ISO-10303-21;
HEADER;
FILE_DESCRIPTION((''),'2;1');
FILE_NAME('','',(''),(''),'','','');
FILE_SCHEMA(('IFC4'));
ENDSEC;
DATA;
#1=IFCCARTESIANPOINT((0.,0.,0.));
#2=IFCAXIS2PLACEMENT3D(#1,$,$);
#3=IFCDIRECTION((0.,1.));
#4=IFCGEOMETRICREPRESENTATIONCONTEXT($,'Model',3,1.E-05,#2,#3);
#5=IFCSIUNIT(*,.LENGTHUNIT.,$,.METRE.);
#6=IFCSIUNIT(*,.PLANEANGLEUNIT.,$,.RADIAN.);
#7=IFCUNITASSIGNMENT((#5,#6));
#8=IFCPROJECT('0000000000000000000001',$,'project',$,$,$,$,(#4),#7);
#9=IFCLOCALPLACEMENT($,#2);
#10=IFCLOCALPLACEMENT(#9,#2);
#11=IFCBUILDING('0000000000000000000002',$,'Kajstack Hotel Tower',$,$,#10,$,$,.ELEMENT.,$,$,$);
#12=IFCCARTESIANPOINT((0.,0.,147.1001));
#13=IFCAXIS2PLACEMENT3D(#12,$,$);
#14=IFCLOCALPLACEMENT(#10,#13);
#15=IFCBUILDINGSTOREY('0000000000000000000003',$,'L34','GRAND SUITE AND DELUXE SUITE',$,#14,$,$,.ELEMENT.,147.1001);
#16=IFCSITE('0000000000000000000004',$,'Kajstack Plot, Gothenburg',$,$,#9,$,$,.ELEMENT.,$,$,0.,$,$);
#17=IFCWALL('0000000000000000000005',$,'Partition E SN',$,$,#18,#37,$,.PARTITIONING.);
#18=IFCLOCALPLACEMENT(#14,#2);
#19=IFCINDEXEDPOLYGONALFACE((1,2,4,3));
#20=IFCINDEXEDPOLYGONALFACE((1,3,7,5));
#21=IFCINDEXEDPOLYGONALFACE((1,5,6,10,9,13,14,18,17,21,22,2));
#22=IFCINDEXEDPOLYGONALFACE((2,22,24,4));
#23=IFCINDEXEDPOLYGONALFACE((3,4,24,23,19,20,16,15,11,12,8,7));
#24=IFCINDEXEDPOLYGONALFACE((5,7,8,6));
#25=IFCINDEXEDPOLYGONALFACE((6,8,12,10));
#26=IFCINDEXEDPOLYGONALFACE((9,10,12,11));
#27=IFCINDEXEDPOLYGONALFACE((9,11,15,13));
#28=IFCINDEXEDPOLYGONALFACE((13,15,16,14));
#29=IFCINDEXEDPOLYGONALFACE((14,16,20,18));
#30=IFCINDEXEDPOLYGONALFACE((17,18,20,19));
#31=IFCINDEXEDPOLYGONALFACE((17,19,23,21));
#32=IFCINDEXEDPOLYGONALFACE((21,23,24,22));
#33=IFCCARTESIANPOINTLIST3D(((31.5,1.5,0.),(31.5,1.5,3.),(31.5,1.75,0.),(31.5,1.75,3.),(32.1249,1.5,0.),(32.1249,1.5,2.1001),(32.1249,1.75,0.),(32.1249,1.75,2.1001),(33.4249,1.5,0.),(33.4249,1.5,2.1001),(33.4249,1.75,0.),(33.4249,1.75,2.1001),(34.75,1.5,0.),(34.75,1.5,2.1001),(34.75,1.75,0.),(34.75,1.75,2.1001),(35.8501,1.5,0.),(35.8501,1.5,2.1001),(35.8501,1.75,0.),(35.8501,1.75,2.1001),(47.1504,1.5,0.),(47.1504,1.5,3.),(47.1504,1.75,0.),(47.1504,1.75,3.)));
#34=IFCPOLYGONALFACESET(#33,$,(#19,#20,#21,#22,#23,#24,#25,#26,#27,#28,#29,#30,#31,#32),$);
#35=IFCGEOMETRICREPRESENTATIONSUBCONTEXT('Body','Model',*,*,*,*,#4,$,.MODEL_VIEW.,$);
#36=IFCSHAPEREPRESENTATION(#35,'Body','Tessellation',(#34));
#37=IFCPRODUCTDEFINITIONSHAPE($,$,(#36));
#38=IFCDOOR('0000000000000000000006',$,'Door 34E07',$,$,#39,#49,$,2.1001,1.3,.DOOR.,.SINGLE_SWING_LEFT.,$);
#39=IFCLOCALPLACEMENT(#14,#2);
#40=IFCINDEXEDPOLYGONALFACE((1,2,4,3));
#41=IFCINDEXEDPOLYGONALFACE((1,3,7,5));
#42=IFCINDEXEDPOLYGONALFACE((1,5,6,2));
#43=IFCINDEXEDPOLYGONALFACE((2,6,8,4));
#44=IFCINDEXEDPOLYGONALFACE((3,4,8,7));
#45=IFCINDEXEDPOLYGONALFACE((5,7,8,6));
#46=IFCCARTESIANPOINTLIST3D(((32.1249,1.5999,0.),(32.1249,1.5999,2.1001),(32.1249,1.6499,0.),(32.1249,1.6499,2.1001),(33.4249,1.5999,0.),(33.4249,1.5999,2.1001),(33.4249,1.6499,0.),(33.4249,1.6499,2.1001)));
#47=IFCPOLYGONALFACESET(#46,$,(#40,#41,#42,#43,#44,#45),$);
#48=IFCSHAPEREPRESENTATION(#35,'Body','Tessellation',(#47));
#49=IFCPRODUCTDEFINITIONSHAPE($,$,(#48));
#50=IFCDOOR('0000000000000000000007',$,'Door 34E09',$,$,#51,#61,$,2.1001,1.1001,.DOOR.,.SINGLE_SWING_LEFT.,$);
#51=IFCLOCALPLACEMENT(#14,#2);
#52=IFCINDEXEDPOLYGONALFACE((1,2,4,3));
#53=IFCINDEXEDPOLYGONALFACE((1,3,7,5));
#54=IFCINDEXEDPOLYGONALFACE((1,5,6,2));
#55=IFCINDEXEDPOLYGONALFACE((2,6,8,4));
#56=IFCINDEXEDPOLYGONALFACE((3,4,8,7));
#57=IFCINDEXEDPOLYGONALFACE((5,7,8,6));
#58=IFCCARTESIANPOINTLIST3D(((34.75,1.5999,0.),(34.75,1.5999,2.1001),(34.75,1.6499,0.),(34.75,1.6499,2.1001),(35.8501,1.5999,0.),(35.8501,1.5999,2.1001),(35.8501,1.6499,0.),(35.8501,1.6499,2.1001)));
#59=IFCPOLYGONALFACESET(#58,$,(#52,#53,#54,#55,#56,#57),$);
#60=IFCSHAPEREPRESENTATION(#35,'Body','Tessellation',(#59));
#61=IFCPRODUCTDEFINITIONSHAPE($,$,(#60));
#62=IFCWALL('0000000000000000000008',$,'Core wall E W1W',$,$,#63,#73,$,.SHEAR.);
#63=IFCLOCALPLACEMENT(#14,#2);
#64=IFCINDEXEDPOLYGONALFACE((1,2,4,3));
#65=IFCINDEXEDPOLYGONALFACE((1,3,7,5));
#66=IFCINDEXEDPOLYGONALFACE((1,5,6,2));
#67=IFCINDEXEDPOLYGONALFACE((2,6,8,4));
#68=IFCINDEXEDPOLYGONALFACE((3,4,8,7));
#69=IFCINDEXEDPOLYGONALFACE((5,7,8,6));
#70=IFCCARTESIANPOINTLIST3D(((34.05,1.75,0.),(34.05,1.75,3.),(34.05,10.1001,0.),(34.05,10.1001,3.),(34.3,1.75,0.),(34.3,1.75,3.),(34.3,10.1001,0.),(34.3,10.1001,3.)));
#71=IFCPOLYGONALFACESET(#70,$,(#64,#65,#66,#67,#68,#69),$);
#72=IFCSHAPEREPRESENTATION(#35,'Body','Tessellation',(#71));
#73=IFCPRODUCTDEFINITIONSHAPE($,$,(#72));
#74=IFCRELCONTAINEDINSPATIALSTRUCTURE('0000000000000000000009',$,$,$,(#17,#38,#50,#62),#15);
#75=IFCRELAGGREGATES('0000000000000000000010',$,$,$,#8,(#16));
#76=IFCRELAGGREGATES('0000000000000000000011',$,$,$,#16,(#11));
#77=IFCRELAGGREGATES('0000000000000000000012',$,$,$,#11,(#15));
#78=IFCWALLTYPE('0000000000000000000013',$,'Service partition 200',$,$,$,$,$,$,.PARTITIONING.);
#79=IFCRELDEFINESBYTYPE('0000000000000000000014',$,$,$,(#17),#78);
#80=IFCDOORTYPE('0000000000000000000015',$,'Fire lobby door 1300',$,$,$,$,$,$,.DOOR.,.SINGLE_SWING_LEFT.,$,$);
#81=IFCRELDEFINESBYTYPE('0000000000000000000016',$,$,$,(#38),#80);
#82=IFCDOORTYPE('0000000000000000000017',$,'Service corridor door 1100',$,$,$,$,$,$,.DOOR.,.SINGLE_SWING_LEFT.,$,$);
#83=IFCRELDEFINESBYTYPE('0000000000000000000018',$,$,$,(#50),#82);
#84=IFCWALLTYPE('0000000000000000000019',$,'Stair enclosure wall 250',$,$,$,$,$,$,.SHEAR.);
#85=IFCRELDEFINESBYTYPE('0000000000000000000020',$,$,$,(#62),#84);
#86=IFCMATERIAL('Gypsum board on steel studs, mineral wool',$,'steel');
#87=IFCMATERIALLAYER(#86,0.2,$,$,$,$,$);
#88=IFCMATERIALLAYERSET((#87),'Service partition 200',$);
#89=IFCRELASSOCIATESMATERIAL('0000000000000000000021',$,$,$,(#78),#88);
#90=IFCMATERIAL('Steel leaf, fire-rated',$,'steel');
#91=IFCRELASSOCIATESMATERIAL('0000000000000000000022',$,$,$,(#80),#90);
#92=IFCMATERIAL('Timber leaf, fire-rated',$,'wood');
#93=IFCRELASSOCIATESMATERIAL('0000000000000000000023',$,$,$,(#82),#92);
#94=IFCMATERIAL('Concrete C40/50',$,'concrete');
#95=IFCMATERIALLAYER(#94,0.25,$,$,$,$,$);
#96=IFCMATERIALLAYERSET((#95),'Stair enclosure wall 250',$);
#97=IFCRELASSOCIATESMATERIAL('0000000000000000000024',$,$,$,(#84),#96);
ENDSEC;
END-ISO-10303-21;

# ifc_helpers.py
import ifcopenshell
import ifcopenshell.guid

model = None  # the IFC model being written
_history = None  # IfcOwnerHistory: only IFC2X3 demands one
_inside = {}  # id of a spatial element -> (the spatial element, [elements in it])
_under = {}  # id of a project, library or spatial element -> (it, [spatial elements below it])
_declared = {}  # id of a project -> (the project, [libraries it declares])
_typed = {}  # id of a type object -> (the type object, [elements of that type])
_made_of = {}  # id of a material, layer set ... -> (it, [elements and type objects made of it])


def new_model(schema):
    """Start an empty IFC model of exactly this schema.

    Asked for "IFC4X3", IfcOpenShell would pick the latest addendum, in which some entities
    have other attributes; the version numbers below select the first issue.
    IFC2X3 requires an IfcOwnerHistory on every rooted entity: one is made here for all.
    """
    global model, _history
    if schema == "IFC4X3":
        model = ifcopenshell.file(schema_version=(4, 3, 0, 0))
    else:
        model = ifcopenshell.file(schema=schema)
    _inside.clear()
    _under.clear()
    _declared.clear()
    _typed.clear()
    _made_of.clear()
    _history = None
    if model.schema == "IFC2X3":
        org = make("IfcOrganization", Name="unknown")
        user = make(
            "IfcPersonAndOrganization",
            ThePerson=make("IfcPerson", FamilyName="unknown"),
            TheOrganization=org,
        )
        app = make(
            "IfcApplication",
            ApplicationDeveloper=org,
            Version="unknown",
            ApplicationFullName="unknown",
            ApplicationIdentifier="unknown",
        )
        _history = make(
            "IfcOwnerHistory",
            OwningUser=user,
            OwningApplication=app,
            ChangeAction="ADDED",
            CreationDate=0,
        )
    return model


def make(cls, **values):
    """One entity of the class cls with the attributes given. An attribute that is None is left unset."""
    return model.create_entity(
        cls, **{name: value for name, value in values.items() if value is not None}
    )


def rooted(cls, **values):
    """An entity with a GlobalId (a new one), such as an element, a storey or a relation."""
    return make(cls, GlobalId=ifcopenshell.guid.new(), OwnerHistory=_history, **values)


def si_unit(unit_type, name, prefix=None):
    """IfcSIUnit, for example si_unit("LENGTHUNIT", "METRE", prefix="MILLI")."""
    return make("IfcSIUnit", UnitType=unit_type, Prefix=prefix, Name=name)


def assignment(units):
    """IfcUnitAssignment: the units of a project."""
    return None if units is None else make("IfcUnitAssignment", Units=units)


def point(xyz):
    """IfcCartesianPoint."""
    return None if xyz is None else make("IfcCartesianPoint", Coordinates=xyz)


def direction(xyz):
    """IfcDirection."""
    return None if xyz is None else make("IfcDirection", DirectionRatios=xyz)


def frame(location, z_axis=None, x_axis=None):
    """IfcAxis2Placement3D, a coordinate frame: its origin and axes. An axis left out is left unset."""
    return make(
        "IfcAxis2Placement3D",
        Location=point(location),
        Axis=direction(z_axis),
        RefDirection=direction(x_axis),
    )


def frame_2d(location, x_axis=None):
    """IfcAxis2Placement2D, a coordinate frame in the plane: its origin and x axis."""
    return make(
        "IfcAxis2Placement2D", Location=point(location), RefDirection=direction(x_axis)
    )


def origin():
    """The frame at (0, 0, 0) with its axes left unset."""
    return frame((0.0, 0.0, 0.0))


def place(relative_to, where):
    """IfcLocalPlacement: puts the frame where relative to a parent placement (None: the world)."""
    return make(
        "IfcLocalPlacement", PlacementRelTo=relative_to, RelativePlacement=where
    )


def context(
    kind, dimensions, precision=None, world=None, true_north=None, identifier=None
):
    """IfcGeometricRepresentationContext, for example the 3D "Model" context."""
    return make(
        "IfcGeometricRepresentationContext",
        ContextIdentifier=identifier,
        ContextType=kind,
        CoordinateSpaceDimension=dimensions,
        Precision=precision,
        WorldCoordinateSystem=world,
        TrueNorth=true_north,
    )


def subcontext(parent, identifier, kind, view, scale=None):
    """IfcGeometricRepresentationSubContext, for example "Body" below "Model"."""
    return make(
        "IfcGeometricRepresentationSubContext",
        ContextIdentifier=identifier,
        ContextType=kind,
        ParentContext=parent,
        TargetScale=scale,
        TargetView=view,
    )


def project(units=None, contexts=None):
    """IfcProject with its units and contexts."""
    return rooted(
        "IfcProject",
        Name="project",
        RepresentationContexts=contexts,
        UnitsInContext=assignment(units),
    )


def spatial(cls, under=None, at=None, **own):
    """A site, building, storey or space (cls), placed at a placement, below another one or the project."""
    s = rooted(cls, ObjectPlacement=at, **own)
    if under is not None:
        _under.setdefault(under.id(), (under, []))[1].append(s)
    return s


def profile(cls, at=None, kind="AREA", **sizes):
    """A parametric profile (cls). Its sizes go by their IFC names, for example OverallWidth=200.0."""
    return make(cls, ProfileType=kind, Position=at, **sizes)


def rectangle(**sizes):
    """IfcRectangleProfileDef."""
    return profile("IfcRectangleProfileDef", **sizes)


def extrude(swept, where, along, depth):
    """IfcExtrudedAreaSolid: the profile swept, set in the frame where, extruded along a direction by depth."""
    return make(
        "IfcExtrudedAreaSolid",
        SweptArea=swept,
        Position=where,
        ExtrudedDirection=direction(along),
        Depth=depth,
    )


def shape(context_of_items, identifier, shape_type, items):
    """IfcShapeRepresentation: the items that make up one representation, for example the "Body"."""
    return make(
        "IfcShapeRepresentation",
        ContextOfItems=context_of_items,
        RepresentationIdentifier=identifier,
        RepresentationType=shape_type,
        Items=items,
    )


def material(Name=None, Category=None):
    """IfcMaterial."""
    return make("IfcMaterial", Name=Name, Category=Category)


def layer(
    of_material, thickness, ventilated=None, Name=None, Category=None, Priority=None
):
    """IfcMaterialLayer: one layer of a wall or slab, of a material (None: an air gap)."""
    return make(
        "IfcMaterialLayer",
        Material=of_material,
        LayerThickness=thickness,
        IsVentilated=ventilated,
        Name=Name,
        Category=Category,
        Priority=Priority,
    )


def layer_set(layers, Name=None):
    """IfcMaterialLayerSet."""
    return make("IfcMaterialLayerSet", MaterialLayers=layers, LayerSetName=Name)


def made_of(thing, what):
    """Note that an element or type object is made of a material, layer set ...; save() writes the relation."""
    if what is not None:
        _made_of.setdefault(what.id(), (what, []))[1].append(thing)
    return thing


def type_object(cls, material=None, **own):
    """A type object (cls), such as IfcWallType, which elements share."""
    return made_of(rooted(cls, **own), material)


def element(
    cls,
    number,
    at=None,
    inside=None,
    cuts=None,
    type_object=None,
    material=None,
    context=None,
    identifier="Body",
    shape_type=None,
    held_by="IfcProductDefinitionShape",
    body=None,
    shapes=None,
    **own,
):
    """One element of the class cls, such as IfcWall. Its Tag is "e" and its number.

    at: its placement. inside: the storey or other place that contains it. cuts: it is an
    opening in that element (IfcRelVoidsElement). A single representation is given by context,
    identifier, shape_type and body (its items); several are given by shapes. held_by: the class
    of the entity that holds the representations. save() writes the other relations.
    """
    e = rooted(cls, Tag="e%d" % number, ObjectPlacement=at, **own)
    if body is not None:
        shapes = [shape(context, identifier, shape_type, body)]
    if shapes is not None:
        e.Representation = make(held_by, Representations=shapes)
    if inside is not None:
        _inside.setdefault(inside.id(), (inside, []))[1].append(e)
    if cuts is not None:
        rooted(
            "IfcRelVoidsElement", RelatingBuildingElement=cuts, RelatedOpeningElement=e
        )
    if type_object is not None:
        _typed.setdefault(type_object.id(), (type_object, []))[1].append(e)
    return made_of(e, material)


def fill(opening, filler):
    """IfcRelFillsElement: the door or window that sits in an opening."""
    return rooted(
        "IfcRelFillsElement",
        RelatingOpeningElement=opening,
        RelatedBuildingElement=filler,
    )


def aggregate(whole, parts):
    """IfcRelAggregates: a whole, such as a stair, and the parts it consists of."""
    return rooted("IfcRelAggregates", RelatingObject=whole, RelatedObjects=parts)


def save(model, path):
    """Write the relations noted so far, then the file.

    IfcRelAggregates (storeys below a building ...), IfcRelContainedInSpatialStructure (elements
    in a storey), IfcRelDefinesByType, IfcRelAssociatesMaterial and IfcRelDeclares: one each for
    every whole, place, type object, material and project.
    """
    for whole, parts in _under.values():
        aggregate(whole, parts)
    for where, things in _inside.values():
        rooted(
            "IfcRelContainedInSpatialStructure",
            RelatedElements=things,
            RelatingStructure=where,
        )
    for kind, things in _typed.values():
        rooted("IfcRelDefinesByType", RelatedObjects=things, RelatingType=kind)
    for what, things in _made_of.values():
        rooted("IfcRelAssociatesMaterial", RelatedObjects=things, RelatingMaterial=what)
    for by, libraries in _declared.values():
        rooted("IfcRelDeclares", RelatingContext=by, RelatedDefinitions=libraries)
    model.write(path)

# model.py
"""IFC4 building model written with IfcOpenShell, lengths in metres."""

from ifc_helpers import new_model, si_unit, direction, frame, frame_2d, origin, place, context, subcontext, project, spatial, rectangle, extrude, material, layer, layer_set, type_object, element, fill, save


model = new_model("IFC4")

# Units and contexts
model_context = context("Model", 3, precision=1e-05, world=origin(), true_north=direction((0.0, 1.0)))
body_context = subcontext(model_context, "Body", "Model", "MODEL_VIEW")
ifc_project = project(units=[si_unit("LENGTHUNIT", "METRE"), si_unit("PLANEANGLEUNIT", "RADIAN")], contexts=[model_context])

# Site, building, storey
site_placement = place(None, origin())
site = spatial("IfcSite", under=ifc_project, at=site_placement, Name="Kajstack Plot, Gothenburg", CompositionType="ELEMENT", RefElevation=0.0)
building_placement = place(site_placement, origin())
building = spatial("IfcBuilding", under=site, at=building_placement, Name="Kajstack Hotel Tower", CompositionType="ELEMENT")
storey_placement = place(building_placement, frame((0.0, 0.0, 147.1001)))
storey = spatial("IfcBuildingStorey", under=building, at=storey_placement, Name="L34", Description="GRAND SUITE AND DELUXE SUITE", CompositionType="ELEMENT", Elevation=147.1001)

# Wall, openings, doors
ifc_material_1 = material(Name="Gypsum board on steel studs, mineral wool", Category="steel")
ifc_layer_1 = layer(ifc_material_1, 0.2)
ifc_layer_set_1 = layer_set([ifc_layer_1], Name="Service partition 200")
wall_type_1 = type_object("IfcWallType", Name="Service partition 200", PredefinedType="PARTITIONING", material=ifc_layer_set_1)
wall_1_placement = place(storey_placement, frame((31.5, 1.625, 0.0), z_axis=(0.0, 0.0, 1.0), x_axis=(1.0, 0.0, 0.0)))
wall_1 = element("IfcWall", 1, at=wall_1_placement, inside=storey, type_object=wall_type_1, Name="Partition E SN", PredefinedType="PARTITIONING", context=body_context, shape_type="SweptSolid", body=[
    extrude(rectangle(XDim=15.6504, YDim=0.25, at=frame_2d((7.8252, 0.0))), origin(), (0.0, 0.0, 1.0), 3.0),
])
opening_1_placement = place(wall_1_placement, frame((0.625, 0.0, 0.0)))
opening_1 = element("IfcOpeningElement", 2, at=opening_1_placement, cuts=wall_1, PredefinedType="OPENING", context=body_context, shape_type="SweptSolid", body=[
    extrude(rectangle(XDim=1.3, YDim=2.1001, at=frame_2d((0.6499, 1.05))), frame((0.0, 0.135, 0.0), z_axis=(0.0, -1.0, 0.0), x_axis=(1.0, 0.0, 0.0)), (0.0, 0.0, 1.0), 0.27),
])
opening_2_placement = place(wall_1_placement, frame((3.25, 0.0, 0.0)))
opening_2 = element("IfcOpeningElement", 3, at=opening_2_placement, cuts=wall_1, PredefinedType="OPENING", context=body_context, shape_type="SweptSolid", body=[
    extrude(rectangle(XDim=1.1001, YDim=2.1001, at=frame_2d((0.55, 1.05))), frame((0.0, 0.135, 0.0), z_axis=(0.0, -1.0, 0.0), x_axis=(1.0, 0.0, 0.0)), (0.0, 0.0, 1.0), 0.27),
])
ifc_material_2 = material(Name="Steel leaf, fire-rated", Category="steel")
door_type_1 = type_object("IfcDoorType", Name="Fire lobby door 1300", OperationType="SINGLE_SWING_LEFT", PredefinedType="DOOR", material=ifc_material_2)
door_1_placement = place(opening_1_placement, origin())
door_1 = element("IfcDoor", 4, at=door_1_placement, inside=storey, type_object=door_type_1, Name="Door 34E07", OperationType="SINGLE_SWING_LEFT", OverallHeight=2.1001, OverallWidth=1.3, PredefinedType="DOOR", context=body_context, shape_type="SweptSolid", body=[
    extrude(rectangle(XDim=1.3, YDim=2.1001, at=frame_2d((0.6499, 1.05))), frame((0.0, 0.0249, 0.0), z_axis=(0.0, -1.0, 0.0), x_axis=(1.0, 0.0, 0.0)), (0.0, 0.0, 1.0), 0.05),
])
fill(opening_1, door_1)
ifc_material_3 = material(Name="Timber leaf, fire-rated", Category="wood")
door_type_2 = type_object("IfcDoorType", Name="Service corridor door 1100", OperationType="SINGLE_SWING_LEFT", PredefinedType="DOOR", material=ifc_material_3)
door_2_placement = place(opening_2_placement, origin())
door_2 = element("IfcDoor", 5, at=door_2_placement, inside=storey, type_object=door_type_2, Name="Door 34E09", OperationType="SINGLE_SWING_LEFT", OverallHeight=2.1001, OverallWidth=1.1001, PredefinedType="DOOR", context=body_context, shape_type="SweptSolid", body=[
    extrude(rectangle(XDim=1.1001, YDim=2.1001, at=frame_2d((0.55, 1.05))), frame((0.0, 0.0249, 0.0), z_axis=(0.0, -1.0, 0.0), x_axis=(1.0, 0.0, 0.0)), (0.0, 0.0, 1.0), 0.05),
])
fill(opening_2, door_2)

# Wall
ifc_material_4 = material(Name="Concrete C40/50", Category="concrete")
ifc_layer_2 = layer(ifc_material_4, 0.25)
ifc_layer_set_2 = layer_set([ifc_layer_2], Name="Stair enclosure wall 250")
wall_type_2 = type_object("IfcWallType", Name="Stair enclosure wall 250", PredefinedType="SHEAR", material=ifc_layer_set_2)
wall_2_placement = place(storey_placement, frame((34.175, 1.75, 0.0), z_axis=(0.0, 0.0, 1.0), x_axis=(0.0, 1.0, 0.0)))
element("IfcWall", 6, at=wall_2_placement, inside=storey, type_object=wall_type_2, Name="Core wall E W1W", PredefinedType="SHEAR", context=body_context, shape_type="SweptSolid", body=[
    extrude(rectangle(XDim=8.3501, YDim=0.25, at=frame_2d((4.175, 0.0))), origin(), (0.0, 0.0, 1.0), 3.0),
])

save(model, "model.ifc")
